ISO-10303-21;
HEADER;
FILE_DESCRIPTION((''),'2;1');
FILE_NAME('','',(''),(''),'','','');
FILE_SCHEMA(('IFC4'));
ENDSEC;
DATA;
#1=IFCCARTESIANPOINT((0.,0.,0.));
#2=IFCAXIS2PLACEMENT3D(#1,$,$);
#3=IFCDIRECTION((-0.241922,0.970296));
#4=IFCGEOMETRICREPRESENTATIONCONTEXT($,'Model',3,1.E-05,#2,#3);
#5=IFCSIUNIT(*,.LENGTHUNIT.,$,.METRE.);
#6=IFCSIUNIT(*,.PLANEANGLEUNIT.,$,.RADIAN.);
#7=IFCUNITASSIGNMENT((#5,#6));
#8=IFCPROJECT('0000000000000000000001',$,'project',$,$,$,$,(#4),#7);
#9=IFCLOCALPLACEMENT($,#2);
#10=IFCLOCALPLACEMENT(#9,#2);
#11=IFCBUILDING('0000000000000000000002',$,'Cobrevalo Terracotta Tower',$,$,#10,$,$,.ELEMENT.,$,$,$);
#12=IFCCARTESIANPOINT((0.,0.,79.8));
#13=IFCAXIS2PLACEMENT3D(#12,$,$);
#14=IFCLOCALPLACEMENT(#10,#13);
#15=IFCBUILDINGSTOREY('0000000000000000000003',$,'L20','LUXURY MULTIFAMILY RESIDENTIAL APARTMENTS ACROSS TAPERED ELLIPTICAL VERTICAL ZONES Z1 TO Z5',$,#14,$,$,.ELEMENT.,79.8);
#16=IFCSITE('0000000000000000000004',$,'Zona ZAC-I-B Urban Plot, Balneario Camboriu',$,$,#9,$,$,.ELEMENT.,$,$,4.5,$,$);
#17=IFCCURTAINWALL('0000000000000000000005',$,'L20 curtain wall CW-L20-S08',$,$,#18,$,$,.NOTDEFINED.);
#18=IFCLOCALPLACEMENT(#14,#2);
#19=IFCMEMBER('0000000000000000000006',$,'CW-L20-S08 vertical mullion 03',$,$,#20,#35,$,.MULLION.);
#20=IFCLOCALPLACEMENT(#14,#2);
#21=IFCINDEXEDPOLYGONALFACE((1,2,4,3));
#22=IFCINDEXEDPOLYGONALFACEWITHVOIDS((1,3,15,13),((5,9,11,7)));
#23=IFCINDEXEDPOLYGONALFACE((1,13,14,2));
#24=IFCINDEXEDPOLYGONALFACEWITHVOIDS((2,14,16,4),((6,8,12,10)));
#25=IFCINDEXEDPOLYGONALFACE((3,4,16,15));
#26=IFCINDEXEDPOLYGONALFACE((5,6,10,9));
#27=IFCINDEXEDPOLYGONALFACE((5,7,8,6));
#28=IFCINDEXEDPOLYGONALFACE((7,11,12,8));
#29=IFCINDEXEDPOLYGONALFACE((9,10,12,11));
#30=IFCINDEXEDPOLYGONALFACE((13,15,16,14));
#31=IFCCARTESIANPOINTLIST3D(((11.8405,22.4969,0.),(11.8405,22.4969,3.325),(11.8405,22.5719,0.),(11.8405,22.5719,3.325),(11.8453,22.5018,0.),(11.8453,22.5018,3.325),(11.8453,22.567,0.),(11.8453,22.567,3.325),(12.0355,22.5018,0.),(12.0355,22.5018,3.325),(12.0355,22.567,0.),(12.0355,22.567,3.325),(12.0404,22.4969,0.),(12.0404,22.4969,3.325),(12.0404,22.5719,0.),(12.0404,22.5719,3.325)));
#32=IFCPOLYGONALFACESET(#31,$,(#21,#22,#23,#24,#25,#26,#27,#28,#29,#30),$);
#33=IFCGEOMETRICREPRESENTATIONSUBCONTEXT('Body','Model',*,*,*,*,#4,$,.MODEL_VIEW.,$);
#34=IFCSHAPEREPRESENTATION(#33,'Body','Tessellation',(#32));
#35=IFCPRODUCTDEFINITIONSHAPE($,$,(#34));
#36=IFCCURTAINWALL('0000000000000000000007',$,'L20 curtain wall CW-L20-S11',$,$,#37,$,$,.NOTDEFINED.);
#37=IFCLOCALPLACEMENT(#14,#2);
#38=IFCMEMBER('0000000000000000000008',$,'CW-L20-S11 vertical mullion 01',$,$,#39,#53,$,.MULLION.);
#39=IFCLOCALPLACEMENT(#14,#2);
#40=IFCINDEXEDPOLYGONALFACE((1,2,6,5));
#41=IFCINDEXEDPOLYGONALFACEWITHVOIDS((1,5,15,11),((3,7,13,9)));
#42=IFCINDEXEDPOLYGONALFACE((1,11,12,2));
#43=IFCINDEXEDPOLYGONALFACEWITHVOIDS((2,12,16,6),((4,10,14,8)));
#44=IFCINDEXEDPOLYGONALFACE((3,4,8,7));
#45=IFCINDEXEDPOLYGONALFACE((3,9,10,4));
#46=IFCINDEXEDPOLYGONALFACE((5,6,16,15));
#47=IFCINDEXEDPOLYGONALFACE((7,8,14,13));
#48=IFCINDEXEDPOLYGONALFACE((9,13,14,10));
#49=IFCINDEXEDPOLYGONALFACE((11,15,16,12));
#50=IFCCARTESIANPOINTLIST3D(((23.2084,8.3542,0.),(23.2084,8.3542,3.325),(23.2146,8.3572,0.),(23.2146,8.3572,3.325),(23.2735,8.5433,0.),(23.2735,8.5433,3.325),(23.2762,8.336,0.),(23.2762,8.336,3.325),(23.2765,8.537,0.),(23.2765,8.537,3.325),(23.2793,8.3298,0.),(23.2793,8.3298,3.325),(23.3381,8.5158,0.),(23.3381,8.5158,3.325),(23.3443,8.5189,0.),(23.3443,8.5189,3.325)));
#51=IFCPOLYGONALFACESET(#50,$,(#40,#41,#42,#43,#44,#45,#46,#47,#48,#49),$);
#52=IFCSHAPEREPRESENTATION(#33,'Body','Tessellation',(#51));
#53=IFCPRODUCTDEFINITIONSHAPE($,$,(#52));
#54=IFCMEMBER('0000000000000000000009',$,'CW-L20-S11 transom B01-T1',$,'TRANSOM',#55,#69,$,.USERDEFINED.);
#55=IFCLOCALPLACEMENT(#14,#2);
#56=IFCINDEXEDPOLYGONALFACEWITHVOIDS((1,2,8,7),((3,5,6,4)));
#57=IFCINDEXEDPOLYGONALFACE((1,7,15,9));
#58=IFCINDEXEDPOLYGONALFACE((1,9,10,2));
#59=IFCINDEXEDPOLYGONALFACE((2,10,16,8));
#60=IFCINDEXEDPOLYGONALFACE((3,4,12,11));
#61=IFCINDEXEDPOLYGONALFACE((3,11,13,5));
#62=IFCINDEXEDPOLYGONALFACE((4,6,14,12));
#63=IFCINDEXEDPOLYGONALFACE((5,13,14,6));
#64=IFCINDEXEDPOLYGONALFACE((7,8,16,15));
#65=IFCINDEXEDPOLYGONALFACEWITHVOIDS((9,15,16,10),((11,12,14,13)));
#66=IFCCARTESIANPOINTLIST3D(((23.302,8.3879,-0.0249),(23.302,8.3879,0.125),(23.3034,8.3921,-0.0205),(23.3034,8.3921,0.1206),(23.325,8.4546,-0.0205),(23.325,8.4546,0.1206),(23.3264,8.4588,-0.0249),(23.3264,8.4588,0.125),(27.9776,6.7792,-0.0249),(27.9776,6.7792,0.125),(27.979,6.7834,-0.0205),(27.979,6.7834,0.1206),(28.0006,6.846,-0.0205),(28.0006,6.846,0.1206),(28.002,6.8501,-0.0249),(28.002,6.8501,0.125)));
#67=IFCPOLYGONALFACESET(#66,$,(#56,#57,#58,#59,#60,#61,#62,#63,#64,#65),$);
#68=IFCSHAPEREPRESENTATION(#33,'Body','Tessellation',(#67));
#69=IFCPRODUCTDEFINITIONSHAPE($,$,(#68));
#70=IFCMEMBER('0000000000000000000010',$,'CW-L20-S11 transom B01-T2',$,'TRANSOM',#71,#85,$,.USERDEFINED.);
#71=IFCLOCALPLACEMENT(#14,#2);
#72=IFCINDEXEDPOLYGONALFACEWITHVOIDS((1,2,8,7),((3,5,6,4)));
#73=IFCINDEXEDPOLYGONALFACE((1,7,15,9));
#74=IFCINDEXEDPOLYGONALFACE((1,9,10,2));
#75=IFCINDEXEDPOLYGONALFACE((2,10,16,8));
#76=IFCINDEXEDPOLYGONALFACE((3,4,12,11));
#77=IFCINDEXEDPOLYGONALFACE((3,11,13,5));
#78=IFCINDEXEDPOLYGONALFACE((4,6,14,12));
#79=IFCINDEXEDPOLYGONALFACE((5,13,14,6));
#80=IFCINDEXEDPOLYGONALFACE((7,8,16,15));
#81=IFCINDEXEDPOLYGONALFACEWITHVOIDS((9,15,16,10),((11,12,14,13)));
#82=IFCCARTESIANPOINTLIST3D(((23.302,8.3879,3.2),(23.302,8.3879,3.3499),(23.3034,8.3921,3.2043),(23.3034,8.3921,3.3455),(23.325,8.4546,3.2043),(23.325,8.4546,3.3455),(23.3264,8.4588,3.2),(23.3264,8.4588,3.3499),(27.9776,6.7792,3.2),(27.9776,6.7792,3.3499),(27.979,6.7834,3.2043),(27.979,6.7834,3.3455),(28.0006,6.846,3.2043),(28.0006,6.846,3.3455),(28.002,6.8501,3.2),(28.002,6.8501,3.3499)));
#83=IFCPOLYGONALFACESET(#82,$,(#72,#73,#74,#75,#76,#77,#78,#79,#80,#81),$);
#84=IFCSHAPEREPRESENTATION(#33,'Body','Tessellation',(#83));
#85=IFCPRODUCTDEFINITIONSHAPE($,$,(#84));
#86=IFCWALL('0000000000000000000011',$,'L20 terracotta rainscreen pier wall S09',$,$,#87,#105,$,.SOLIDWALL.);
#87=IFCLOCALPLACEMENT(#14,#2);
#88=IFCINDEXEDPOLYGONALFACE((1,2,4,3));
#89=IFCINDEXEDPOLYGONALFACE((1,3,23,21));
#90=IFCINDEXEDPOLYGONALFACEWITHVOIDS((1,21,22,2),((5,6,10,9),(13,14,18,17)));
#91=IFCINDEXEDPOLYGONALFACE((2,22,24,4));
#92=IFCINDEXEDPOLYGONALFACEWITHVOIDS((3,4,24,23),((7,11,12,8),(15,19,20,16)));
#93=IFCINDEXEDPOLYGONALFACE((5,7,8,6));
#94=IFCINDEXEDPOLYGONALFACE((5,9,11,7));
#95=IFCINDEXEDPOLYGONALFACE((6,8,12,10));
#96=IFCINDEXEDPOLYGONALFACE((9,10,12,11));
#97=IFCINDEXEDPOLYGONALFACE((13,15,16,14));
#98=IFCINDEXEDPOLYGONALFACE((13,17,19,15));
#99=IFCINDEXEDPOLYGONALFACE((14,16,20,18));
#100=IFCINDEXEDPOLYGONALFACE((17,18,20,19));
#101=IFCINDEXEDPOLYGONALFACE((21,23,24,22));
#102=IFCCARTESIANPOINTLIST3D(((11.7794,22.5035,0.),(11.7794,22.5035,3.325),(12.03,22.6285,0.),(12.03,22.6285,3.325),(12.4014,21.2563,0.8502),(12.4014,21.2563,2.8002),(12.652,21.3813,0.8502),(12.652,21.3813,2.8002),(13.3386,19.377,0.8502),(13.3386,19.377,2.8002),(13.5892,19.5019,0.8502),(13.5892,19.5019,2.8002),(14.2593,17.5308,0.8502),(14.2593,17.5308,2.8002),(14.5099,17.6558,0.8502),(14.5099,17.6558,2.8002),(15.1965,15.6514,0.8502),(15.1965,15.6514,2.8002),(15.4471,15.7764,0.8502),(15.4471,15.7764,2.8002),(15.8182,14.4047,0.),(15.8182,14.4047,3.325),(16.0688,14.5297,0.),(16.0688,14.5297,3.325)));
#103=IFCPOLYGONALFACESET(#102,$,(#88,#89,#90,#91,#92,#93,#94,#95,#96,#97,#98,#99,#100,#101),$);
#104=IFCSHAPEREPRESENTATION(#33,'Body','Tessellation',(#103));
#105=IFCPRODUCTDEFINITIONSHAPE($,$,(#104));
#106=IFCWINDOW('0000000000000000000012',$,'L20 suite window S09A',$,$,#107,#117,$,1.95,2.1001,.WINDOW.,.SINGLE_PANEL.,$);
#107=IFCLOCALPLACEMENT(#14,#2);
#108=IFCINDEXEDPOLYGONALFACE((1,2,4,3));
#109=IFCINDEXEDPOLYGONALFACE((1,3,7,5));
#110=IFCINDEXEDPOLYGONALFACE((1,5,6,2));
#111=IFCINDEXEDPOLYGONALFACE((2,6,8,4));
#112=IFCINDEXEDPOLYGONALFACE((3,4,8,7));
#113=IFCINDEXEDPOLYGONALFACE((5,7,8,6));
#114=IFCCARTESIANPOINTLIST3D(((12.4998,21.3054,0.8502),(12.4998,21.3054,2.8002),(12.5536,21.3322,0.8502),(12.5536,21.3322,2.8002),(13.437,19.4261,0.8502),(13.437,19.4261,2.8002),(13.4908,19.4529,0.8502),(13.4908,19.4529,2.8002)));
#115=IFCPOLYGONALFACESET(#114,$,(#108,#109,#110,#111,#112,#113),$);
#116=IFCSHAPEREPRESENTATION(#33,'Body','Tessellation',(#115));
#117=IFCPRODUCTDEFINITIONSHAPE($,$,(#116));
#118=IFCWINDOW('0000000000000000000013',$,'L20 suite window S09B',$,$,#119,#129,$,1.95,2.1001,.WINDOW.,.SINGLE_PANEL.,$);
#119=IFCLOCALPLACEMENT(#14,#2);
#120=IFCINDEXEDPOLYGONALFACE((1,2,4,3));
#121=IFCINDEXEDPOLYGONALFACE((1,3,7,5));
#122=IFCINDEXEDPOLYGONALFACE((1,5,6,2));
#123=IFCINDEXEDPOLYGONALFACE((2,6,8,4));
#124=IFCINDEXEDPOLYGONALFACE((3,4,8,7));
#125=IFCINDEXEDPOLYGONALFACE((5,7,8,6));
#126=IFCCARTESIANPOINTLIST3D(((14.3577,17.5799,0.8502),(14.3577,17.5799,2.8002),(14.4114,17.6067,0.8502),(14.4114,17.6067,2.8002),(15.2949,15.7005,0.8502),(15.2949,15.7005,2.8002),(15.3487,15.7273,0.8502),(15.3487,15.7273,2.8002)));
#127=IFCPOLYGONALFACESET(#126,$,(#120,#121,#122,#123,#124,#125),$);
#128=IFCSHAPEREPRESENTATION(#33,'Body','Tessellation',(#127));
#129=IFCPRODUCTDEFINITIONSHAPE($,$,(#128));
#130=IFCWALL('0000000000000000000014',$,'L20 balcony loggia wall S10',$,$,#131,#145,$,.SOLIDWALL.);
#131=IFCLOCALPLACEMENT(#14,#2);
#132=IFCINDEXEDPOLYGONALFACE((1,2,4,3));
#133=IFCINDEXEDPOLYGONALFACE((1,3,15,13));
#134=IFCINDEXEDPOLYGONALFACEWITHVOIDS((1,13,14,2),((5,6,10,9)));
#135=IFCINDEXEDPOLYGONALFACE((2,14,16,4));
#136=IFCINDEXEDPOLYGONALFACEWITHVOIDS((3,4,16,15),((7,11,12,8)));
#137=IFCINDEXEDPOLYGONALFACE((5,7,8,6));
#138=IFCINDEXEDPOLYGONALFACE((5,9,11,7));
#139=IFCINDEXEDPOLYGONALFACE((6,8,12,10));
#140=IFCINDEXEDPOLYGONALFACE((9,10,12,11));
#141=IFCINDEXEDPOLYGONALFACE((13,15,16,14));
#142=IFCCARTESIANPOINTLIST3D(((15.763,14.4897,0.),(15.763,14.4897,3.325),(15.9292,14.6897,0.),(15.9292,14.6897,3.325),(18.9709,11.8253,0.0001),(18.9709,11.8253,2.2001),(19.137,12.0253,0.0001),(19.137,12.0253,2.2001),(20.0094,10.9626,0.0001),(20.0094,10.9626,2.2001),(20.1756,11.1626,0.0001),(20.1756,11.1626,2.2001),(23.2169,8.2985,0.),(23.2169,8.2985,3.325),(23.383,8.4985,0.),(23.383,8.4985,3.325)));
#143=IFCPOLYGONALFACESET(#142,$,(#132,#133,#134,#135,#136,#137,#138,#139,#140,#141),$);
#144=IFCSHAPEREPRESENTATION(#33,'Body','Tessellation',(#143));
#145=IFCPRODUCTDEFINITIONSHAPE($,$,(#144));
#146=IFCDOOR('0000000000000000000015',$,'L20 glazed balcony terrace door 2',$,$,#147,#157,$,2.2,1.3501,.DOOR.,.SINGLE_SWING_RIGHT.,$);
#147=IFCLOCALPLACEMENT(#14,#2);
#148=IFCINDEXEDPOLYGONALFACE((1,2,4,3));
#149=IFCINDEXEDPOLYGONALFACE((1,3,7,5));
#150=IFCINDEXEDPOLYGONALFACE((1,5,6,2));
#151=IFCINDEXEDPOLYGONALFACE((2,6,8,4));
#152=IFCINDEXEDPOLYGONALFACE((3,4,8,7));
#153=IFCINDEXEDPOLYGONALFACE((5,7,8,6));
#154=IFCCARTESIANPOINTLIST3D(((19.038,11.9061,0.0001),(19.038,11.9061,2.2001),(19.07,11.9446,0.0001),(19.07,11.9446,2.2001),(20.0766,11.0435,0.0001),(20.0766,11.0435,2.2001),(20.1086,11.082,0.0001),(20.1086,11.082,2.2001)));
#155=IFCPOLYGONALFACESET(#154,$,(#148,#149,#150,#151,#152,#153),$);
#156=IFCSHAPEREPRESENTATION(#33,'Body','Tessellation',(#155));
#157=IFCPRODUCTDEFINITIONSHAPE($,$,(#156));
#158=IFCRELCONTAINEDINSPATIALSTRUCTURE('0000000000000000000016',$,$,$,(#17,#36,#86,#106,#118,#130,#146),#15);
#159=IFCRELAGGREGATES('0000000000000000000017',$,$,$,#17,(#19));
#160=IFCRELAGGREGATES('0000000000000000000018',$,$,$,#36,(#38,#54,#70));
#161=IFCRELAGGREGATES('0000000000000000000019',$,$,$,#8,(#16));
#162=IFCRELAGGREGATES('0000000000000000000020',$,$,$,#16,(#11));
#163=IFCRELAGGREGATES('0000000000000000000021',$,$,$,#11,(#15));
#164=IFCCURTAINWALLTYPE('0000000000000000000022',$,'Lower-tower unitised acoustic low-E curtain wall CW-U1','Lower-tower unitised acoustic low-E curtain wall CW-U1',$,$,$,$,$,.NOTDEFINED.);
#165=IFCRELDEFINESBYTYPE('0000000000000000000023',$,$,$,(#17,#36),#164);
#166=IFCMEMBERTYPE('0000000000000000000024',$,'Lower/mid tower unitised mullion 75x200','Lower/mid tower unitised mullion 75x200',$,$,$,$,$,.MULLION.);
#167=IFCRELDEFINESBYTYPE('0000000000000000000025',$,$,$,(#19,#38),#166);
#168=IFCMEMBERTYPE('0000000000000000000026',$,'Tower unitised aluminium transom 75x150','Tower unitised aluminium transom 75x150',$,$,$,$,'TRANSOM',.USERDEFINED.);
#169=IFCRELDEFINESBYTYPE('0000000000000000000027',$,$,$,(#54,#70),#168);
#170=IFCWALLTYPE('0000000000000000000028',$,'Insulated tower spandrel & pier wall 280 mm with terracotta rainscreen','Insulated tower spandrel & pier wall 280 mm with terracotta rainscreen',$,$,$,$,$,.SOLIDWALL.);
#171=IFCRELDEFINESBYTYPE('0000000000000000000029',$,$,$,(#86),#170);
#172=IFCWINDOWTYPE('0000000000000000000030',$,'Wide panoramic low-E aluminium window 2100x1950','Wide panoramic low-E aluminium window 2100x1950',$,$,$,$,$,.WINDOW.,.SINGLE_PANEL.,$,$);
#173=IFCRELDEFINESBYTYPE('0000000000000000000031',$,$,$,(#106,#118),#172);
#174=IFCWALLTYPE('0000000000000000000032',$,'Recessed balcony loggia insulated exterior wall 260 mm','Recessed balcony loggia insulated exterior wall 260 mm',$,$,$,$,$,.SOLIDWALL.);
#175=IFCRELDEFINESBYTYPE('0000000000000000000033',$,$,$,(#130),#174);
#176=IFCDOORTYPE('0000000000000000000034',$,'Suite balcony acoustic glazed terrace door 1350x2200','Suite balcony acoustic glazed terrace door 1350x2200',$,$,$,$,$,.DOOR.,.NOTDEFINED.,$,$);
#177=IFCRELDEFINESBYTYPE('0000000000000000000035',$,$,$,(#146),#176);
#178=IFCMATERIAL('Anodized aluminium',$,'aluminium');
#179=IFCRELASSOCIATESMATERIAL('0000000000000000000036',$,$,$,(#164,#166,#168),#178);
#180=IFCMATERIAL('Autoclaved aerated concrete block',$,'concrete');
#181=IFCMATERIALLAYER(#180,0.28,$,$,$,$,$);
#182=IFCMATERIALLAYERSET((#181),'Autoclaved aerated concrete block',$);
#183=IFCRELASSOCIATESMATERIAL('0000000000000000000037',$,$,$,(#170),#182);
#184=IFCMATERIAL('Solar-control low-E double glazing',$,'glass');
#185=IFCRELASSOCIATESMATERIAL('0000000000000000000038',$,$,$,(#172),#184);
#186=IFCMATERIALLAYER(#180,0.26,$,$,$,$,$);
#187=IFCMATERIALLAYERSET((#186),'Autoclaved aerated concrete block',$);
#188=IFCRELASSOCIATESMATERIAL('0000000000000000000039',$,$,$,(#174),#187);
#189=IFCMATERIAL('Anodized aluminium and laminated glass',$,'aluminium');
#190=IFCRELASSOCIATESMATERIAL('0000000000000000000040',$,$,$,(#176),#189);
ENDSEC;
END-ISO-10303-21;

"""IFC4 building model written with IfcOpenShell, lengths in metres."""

from ifc_helpers import new_model, si_unit, direction, frame, frame_2d, origin, origin_2d, place, context, subcontext, project, spatial, rectangle, hollow_rectangle, extrude, source, transform, mapped, material, layer, layer_set, material_profile, profile_set, type_object, element, fill, aggregate, save


model = new_model("IFC4")

# Units and contexts
model_context = context("Model", 3, precision=1e-05, world=origin(), true_north=direction((-0.241922, 0.970296)))
body_context = subcontext(model_context, "Body", "Model", "MODEL_VIEW")
ifc_project = project(units=[si_unit("LENGTHUNIT", "METRE"), si_unit("PLANEANGLEUNIT", "RADIAN")], contexts=[model_context])

# Site, building, storey
site_placement = place(None, origin())
site = spatial("IfcSite", under=ifc_project, at=site_placement, Name="Zona ZAC-I-B Urban Plot, Balneario Camboriu", CompositionType="ELEMENT", RefElevation=4.5)
building_placement = place(site_placement, origin())
building = spatial("IfcBuilding", under=site, at=building_placement, Name="Cobrevalo Terracotta Tower", CompositionType="ELEMENT")
storey_placement = place(building_placement, frame((0.0, 0.0, 79.8)))
storey = spatial("IfcBuildingStorey", under=building, at=storey_placement, Name="L20", Description="LUXURY MULTIFAMILY RESIDENTIAL APARTMENTS ACROSS TAPERED ELLIPTICAL VERTICAL ZONES Z1 TO Z5", CompositionType="ELEMENT", Elevation=79.8)

# Curtain wall, member
ifc_material_1 = material(Name="Anodized aluminium", Category="aluminium")
curtain_wall_type = type_object("IfcCurtainWallType", Name="Lower-tower unitised acoustic low-E curtain wall CW-U1", Description="Lower-tower unitised acoustic low-E curtain wall CW-U1", PredefinedType="NOTDEFINED", material=ifc_material_1)
curtain_wall_1_placement = place(storey_placement, origin())
curtain_wall_1 = element("IfcCurtainWall", 1, at=curtain_wall_1_placement, inside=storey, type_object=curtain_wall_type, Name="L20 curtain wall CW-L20-S08", PredefinedType="NOTDEFINED")
ifc_material_profile_1 = material_profile(ifc_material_1, hollow_rectangle(XDim=0.075, YDim=0.2, WallThickness=0.0049, at=origin_2d()), Name="CWM 75x200")
ifc_profile_set_1 = profile_set([ifc_material_profile_1], Name="Anodized aluminium")
member_type_1 = type_object("IfcMemberType", Name="Lower/mid tower unitised mullion 75x200", Description="Lower/mid tower unitised mullion 75x200", PredefinedType="MULLION", material=ifc_profile_set_1)
shared_shape_1 = source(origin(), body_context, "Body", "SweptSolid", [
    extrude(hollow_rectangle(XDim=0.075, YDim=0.2, WallThickness=0.0049, at=origin_2d()), origin(), (0.0, 0.0, 1.0), 3.325),
])
member_1_placement = place(storey_placement, frame((11.9404, 22.5344, 0.0), z_axis=(0.0, 0.0, 1.0), x_axis=(0.0, -1.0, 0.0)))
member_1 = element("IfcMember", 2, at=member_1_placement, type_object=member_type_1, Name="CW-L20-S08 vertical mullion 03", PredefinedType="MULLION", context=body_context, shape_type="MappedRepresentation", body=[
    mapped(shared_shape_1, transform((0.0, 0.0, 0.0), scale=1.0)),
])
aggregate(curtain_wall_1, [member_1])

# Curtain wall, members
curtain_wall_2_placement = place(storey_placement, origin())
curtain_wall_2 = element("IfcCurtainWall", 3, at=curtain_wall_2_placement, inside=storey, type_object=curtain_wall_type, Name="L20 curtain wall CW-L20-S11", PredefinedType="NOTDEFINED")
member_2_placement = place(storey_placement, frame((23.2764, 8.4365, 0.0), z_axis=(0.0, 0.0, 1.0), x_axis=(0.945598, -0.325337, 0.0)))
member_2 = element("IfcMember", 4, at=member_2_placement, type_object=member_type_1, Name="CW-L20-S11 vertical mullion 01", PredefinedType="MULLION", context=body_context, shape_type="MappedRepresentation", body=[
    mapped(shared_shape_1, transform((0.0, 0.0, 0.0), scale=1.0)),
])
ifc_material_profile_2 = material_profile(ifc_material_1, hollow_rectangle(XDim=0.075, YDim=0.1499, WallThickness=0.0044, at=origin_2d()), Name="CWT 75x150")
ifc_profile_set_2 = profile_set([ifc_material_profile_2], Name="Anodized aluminium")
member_type_2 = type_object("IfcMemberType", Name="Tower unitised aluminium transom 75x150", Description="Tower unitised aluminium transom 75x150", ElementType="TRANSOM", PredefinedType="USERDEFINED", material=ifc_profile_set_2)
shared_shape_2 = source(origin(), body_context, "Body", "SweptSolid", [
    extrude(hollow_rectangle(XDim=0.075, YDim=0.1499, WallThickness=0.0044, at=origin_2d()), origin(), (0.0, 0.0, 1.0), 4.9446),
])
member_3_placement = place(storey_placement, frame((23.3142, 8.4233, 0.05), z_axis=(0.945598, -0.325338, 0.0), x_axis=(0.325338, 0.945598, 0.0)))
member_3 = element("IfcMember", 5, at=member_3_placement, type_object=member_type_2, Name="CW-L20-S11 transom B01-T1", ObjectType="TRANSOM", PredefinedType="USERDEFINED", context=body_context, shape_type="MappedRepresentation", body=[
    mapped(shared_shape_2, transform((0.0, 0.0, 0.0), scale=1.0)),
])
member_4_placement = place(storey_placement, frame((23.3142, 8.4233, 3.2749), z_axis=(0.945598, -0.325338, 0.0), x_axis=(0.325338, 0.945598, 0.0)))
member_4 = element("IfcMember", 6, at=member_4_placement, type_object=member_type_2, Name="CW-L20-S11 transom B01-T2", ObjectType="TRANSOM", PredefinedType="USERDEFINED", context=body_context, shape_type="MappedRepresentation", body=[
    mapped(shared_shape_2, transform((0.0, 0.0, 0.0), scale=1.0)),
])
aggregate(curtain_wall_2, [member_2, member_3, member_4])

# Wall, openings, windows
ifc_material_2 = material(Name="Autoclaved aerated concrete block", Category="concrete")
ifc_layer_1 = layer(ifc_material_2, 0.28)
ifc_layer_set_1 = layer_set([ifc_layer_1], Name="Autoclaved aerated concrete block")
wall_type_1 = type_object("IfcWallType", Name="Insulated tower spandrel & pier wall 280 mm with terracotta rainscreen", Description="Insulated tower spandrel & pier wall 280 mm with terracotta rainscreen", PredefinedType="SOLIDWALL", material=ifc_layer_set_1)
wall_1_placement = place(storey_placement, frame((11.9048, 22.5659, 0.0), z_axis=(0.0, 0.0, 1.0), x_axis=(0.446275, -0.894896, 0.0)))
wall_1 = element("IfcWall", 7, at=wall_1_placement, inside=storey, type_object=wall_type_1, Name="L20 terracotta rainscreen pier wall S09", PredefinedType="SOLIDWALL", context=body_context, shape_type="SweptSolid", body=[
    extrude(rectangle(XDim=9.05, YDim=0.28, at=frame_2d((4.5249, 0.0))), origin(), (0.0, 0.0, 1.0), 3.325),
])
opening_1_placement = place(wall_1_placement, frame((1.3936, 0.0, 0.8501)))
opening_1 = element("IfcOpeningElement", 8, at=opening_1_placement, cuts=wall_1, PredefinedType="OPENING", context=body_context, shape_type="SweptSolid", body=[
    extrude(rectangle(XDim=2.1001, YDim=1.95, at=frame_2d((1.05, 0.9751))), frame((0.0, 0.1499, 0.0), z_axis=(0.0, -1.0, 0.0), x_axis=(1.0, 0.0, 0.0)), (0.0, 0.0, 1.0), 0.3),
])
opening_2_placement = place(wall_1_placement, frame((5.5566, 0.0, 0.8501)))
opening_2 = element("IfcOpeningElement", 9, at=opening_2_placement, cuts=wall_1, PredefinedType="OPENING", context=body_context, shape_type="SweptSolid", body=[
    extrude(rectangle(XDim=2.1001, YDim=1.95, at=frame_2d((1.05, 0.9751))), frame((0.0, 0.1499, 0.0), z_axis=(0.0, -1.0, 0.0), x_axis=(1.0, 0.0, 0.0)), (0.0, 0.0, 1.0), 0.3),
])
ifc_material_3 = material(Name="Solar-control low-E double glazing", Category="glass")
window_type = type_object("IfcWindowType", Name="Wide panoramic low-E aluminium window 2100x1950", Description="Wide panoramic low-E aluminium window 2100x1950", PartitioningType="SINGLE_PANEL", PredefinedType="WINDOW", material=ifc_material_3)
shared_shape_3 = source(origin(), body_context, "Body", "SweptSolid", [
    extrude(rectangle(XDim=2.1001, YDim=1.95, at=frame_2d((1.05, 0.9751))), frame((0.0, 0.03, 0.0), z_axis=(0.0, -1.0, 0.0), x_axis=(1.0, 0.0, 0.0)), (0.0, 0.0, 1.0), 0.0601),
])
window_1_placement = place(opening_1_placement, origin())
window_1 = element("IfcWindow", 10, at=window_1_placement, inside=storey, type_object=window_type, Name="L20 suite window S09A", OverallHeight=1.95, OverallWidth=2.1001, PartitioningType="SINGLE_PANEL", PredefinedType="WINDOW", context=body_context, shape_type="MappedRepresentation", body=[
    mapped(shared_shape_3, transform((0.0, 0.0, 0.0), scale=1.0)),
])
fill(opening_1, window_1)
window_2_placement = place(opening_2_placement, origin())
window_2 = element("IfcWindow", 11, at=window_2_placement, inside=storey, type_object=window_type, Name="L20 suite window S09B", OverallHeight=1.95, OverallWidth=2.1001, PartitioningType="SINGLE_PANEL", PredefinedType="WINDOW", context=body_context, shape_type="MappedRepresentation", body=[
    mapped(shared_shape_3, transform((0.0, 0.0, 0.0), scale=1.0)),
])
fill(opening_2, window_2)

# Wall, opening, door
ifc_layer_2 = layer(ifc_material_2, 0.26)
ifc_layer_set_2 = layer_set([ifc_layer_2], Name="Autoclaved aerated concrete block")
wall_type_2 = type_object("IfcWallType", Name="Recessed balcony loggia insulated exterior wall 260 mm", Description="Recessed balcony loggia insulated exterior wall 260 mm", PredefinedType="SOLIDWALL", material=ifc_layer_set_2)
wall_2_placement = place(storey_placement, frame((15.8462, 14.5896, 0.0), z_axis=(0.0, 0.0, 1.0), x_axis=(0.769255, -0.638942, 0.0)))
wall_2 = element("IfcWall", 12, at=wall_2_placement, inside=storey, type_object=wall_type_2, Name="L20 balcony loggia wall S10", PredefinedType="SOLIDWALL", context=body_context, shape_type="SweptSolid", body=[
    extrude(rectangle(XDim=9.6897, YDim=0.26, at=frame_2d((4.8447, 0.0))), origin(), (0.0, 0.0, 1.0), 3.325),
])
opening_3_placement = place(wall_2_placement, frame((4.1699, 0.0, 0.0)))
opening_3 = element("IfcOpeningElement", 13, at=opening_3_placement, cuts=wall_2, PredefinedType="OPENING", context=body_context, shape_type="SweptSolid", body=[
    extrude(rectangle(XDim=1.3501, YDim=2.2, at=frame_2d((0.675, 1.1001))), frame((0.0, 0.1401, 0.0), z_axis=(0.0, -1.0, 0.0), x_axis=(1.0, 0.0, 0.0)), (0.0, 0.0, 1.0), 0.28),
])
ifc_material_4 = material(Name="Anodized aluminium and laminated glass", Category="aluminium")
door_type_1 = type_object("IfcDoorType", Name="Suite balcony acoustic glazed terrace door 1350x2200", Description="Suite balcony acoustic glazed terrace door 1350x2200", OperationType="NOTDEFINED", PredefinedType="DOOR", material=ifc_material_4)
shared_shape_4 = source(origin(), body_context, "Body", "SweptSolid", [
    extrude(rectangle(XDim=1.3501, YDim=2.2, at=frame_2d((0.675, 1.1001))), frame((0.0, 0.0249, 0.0), z_axis=(0.0, -1.0, 0.0), x_axis=(1.0, 0.0, 0.0)), (0.0, 0.0, 1.0), 0.05),
])
door_1_placement = place(opening_3_placement, frame((1.3501, 0.0, 0.0), z_axis=(0.0, 0.0, 1.0), x_axis=(-1.0, 0.0, 0.0)))
door_1 = element("IfcDoor", 14, at=door_1_placement, inside=storey, type_object=door_type_1, Name="L20 glazed balcony terrace door 2", OperationType="SINGLE_SWING_RIGHT", OverallHeight=2.2, OverallWidth=1.3501, PredefinedType="DOOR", context=body_context, shape_type="MappedRepresentation", body=[
    mapped(shared_shape_4, transform((0.0, 0.0, 0.0), scale=1.0)),
])
fill(opening_3, door_1)

save(model, "model.ifc")
